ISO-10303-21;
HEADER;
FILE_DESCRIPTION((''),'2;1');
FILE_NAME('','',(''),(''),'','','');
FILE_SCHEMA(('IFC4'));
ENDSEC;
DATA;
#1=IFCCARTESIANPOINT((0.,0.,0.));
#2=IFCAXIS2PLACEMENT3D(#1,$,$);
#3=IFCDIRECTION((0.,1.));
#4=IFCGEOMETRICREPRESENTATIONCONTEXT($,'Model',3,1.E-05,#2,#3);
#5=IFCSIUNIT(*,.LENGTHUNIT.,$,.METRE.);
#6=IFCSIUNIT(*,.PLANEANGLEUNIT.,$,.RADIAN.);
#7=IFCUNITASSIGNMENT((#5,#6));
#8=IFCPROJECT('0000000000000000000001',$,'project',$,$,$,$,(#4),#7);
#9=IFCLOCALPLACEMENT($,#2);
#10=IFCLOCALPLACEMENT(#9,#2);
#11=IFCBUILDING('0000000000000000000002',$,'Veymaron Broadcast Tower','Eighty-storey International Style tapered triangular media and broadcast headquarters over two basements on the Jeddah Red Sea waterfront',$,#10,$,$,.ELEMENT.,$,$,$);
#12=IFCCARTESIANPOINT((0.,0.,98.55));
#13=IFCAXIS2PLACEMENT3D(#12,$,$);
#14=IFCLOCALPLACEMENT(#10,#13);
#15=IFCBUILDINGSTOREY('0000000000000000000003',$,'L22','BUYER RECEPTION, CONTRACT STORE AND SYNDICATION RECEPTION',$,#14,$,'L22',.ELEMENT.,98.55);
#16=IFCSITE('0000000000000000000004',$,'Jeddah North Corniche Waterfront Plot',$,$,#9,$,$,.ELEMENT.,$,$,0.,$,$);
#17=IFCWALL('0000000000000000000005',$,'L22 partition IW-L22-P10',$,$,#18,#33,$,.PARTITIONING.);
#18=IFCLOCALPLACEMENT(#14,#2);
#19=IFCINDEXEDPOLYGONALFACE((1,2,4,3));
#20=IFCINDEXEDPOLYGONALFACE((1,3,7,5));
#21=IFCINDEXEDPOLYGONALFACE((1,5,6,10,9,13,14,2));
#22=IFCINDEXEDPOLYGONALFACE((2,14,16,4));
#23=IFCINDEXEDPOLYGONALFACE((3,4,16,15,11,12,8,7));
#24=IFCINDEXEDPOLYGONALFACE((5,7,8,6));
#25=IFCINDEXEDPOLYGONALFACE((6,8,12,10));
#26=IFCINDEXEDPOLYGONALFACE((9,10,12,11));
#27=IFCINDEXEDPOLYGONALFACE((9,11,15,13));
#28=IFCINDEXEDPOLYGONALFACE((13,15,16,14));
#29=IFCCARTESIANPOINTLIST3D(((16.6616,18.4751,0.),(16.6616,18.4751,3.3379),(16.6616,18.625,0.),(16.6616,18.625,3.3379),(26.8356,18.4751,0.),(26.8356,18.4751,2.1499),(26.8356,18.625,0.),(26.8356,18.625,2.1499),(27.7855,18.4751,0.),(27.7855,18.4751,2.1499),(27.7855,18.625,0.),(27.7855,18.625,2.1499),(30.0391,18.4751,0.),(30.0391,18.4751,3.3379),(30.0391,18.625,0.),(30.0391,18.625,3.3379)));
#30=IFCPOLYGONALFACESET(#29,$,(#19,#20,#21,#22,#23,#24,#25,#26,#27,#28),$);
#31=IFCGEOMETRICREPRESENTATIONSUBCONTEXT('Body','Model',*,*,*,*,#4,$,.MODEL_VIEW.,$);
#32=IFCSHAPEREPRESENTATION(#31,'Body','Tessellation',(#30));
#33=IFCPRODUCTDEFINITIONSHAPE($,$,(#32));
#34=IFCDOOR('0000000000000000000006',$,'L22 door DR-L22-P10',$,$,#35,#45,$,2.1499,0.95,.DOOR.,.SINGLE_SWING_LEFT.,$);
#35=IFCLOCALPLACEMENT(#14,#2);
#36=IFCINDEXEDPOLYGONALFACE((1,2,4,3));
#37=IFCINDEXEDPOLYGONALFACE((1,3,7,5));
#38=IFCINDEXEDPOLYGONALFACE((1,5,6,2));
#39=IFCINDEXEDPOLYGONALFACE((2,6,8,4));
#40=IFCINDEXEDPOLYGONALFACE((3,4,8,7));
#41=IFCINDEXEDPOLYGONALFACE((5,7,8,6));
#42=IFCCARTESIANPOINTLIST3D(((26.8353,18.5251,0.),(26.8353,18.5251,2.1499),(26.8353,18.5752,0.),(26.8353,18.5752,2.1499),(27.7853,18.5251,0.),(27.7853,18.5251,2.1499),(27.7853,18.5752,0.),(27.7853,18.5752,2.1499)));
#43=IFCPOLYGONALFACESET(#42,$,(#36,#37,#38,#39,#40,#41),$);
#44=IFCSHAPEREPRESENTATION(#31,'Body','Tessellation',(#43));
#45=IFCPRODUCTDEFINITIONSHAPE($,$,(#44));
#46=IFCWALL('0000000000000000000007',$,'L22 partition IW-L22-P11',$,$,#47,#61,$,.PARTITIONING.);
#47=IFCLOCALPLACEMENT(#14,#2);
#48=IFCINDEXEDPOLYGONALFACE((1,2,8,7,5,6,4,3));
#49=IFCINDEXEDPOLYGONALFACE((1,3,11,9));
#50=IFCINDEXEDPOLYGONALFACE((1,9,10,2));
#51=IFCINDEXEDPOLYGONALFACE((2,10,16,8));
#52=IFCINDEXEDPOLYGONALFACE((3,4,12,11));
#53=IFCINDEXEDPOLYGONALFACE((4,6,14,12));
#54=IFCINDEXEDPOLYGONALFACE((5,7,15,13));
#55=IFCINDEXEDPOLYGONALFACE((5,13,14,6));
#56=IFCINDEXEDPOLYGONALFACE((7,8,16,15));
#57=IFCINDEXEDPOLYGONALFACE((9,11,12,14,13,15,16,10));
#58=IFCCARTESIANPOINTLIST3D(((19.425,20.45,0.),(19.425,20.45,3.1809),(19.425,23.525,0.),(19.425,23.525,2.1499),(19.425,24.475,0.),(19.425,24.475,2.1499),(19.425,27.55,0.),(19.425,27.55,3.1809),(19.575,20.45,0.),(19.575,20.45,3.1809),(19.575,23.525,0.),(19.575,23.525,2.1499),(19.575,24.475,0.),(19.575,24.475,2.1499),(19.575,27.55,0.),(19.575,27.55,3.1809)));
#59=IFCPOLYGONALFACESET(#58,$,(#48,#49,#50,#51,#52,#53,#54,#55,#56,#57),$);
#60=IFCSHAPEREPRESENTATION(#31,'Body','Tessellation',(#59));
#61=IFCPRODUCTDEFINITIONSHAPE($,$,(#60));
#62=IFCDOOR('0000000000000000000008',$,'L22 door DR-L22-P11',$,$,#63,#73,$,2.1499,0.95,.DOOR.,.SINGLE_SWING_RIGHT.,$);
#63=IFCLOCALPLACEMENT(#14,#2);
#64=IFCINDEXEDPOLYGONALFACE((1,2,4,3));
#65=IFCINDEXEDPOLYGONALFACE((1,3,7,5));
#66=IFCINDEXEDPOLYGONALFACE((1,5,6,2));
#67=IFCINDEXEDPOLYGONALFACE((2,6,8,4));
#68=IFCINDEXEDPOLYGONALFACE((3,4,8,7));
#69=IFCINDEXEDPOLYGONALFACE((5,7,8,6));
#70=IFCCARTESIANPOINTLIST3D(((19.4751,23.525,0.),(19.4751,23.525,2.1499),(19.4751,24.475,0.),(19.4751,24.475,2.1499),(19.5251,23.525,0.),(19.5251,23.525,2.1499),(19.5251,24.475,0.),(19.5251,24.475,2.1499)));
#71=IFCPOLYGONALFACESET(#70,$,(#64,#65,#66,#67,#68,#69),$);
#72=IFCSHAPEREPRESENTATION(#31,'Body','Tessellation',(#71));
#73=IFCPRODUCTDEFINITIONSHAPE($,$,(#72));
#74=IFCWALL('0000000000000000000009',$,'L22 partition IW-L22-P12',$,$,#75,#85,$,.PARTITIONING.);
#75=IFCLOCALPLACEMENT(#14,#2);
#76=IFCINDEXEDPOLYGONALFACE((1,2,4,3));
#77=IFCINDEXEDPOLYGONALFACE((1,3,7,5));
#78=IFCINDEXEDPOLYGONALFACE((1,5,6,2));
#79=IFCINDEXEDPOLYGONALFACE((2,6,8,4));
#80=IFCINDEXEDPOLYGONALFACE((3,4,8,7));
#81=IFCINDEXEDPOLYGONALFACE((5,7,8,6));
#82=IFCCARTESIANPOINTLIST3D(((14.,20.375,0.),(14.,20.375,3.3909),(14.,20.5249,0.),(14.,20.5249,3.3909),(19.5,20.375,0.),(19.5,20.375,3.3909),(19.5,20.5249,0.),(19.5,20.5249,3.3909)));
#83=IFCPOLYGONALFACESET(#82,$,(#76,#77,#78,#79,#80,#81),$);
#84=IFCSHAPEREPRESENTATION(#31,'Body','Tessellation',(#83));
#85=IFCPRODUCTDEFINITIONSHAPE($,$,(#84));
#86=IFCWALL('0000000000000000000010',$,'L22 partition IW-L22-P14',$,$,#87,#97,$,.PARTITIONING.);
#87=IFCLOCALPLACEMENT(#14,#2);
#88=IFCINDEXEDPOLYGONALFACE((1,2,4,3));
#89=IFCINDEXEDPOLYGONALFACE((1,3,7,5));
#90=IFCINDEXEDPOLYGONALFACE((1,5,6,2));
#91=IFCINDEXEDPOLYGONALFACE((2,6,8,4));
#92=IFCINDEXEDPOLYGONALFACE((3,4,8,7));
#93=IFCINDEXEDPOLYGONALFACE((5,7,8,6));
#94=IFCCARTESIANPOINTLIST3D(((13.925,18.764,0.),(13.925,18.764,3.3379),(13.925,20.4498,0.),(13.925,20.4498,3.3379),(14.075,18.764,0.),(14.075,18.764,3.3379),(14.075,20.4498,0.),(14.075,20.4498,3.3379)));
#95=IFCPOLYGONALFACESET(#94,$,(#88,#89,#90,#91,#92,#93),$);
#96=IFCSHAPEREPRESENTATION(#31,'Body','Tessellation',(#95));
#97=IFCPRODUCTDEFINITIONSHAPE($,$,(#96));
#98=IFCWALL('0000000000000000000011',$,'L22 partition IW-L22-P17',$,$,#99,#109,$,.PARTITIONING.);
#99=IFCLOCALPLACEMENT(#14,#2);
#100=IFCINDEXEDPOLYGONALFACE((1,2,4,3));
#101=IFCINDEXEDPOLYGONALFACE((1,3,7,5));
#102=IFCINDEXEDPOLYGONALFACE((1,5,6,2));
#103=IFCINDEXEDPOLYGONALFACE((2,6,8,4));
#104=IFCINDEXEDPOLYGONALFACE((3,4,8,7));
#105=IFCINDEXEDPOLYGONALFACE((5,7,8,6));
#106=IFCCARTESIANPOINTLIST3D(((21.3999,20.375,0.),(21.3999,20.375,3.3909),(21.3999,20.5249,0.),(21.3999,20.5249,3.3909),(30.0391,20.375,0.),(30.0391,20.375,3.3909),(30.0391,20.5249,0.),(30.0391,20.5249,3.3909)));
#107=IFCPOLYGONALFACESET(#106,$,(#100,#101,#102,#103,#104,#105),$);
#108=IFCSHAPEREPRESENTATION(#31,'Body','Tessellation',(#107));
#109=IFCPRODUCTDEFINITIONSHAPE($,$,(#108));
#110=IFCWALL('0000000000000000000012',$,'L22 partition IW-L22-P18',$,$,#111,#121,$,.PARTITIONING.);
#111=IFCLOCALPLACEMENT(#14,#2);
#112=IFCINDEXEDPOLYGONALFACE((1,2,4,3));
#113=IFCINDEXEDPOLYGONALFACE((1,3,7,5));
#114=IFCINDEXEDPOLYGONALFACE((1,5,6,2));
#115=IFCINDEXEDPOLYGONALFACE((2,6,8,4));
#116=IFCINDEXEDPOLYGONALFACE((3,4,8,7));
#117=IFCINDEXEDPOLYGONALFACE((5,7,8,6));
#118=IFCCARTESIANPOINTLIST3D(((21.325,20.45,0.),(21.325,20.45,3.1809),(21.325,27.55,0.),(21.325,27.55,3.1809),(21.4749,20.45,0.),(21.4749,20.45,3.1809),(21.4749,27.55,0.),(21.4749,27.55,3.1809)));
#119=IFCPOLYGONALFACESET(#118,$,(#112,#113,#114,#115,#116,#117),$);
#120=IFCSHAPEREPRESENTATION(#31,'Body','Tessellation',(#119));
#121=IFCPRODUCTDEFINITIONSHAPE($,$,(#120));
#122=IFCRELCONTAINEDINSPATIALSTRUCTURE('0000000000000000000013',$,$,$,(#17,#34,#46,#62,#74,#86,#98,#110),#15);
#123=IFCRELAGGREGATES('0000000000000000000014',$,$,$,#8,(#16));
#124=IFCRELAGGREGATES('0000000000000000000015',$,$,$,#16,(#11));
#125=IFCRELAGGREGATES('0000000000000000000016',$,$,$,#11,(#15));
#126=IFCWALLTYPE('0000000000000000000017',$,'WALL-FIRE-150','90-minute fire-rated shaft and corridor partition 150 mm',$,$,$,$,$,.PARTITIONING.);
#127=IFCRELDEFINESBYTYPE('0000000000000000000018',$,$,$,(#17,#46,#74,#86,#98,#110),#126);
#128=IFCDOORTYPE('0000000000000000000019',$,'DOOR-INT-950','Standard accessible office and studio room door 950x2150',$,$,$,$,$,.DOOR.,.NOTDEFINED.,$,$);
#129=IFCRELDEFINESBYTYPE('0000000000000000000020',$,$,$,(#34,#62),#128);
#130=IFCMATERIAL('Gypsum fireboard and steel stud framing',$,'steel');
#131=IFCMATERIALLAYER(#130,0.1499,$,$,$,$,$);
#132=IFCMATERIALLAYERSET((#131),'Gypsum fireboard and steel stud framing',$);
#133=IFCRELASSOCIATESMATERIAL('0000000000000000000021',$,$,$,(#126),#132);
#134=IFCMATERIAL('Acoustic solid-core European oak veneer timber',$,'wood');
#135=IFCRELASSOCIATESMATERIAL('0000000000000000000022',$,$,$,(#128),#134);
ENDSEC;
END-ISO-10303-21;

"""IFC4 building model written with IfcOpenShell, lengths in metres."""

from ifc_helpers import new_model, si_unit, direction, frame, frame_2d, origin, place, context, subcontext, project, spatial, rectangle, extrude, material, layer, layer_set, type_object, element, fill, save


model = new_model("IFC4")

# Units and contexts
model_context = context("Model", 3, precision=1e-05, world=origin(), true_north=direction((0.0, 1.0)))
body_context = subcontext(model_context, "Body", "Model", "MODEL_VIEW")
ifc_project = project(units=[si_unit("LENGTHUNIT", "METRE"), si_unit("PLANEANGLEUNIT", "RADIAN")], contexts=[model_context])

# Site, building, storey
site_placement = place(None, origin())
site = spatial("IfcSite", under=ifc_project, at=site_placement, Name="Jeddah North Corniche Waterfront Plot", CompositionType="ELEMENT", RefElevation=0.0)
building_placement = place(site_placement, origin())
building = spatial("IfcBuilding", under=site, at=building_placement, Name="Veymaron Broadcast Tower", Description="Eighty-storey International Style tapered triangular media and broadcast headquarters over two basements on the Jeddah Red Sea waterfront", CompositionType="ELEMENT")
storey_placement = place(building_placement, frame((0.0, 0.0, 98.55)))
storey = spatial("IfcBuildingStorey", under=building, at=storey_placement, Name="L22", Description="BUYER RECEPTION, CONTRACT STORE AND SYNDICATION RECEPTION", LongName="L22", CompositionType="ELEMENT", Elevation=98.55)

# Walls, openings, doors
ifc_material_1 = material(Name="Gypsum fireboard and steel stud framing", Category="steel")
ifc_layer_1 = layer(ifc_material_1, 0.1499)
ifc_layer_set_1 = layer_set([ifc_layer_1], Name="Gypsum fireboard and steel stud framing")
wall_type_1 = type_object("IfcWallType", Name="WALL-FIRE-150", Description="90-minute fire-rated shaft and corridor partition 150 mm", PredefinedType="PARTITIONING", material=ifc_layer_set_1)
wall_1_placement = place(storey_placement, frame((16.6616, 18.55, 0.0), z_axis=(0.0, 0.0, 1.0), x_axis=(1.0, 0.0, 0.0)))
wall_1 = element("IfcWall", 1, at=wall_1_placement, inside=storey, type_object=wall_type_1, Name="L22 partition IW-L22-P10", PredefinedType="PARTITIONING", context=body_context, shape_type="SweptSolid", body=[
    extrude(rectangle(XDim=13.3774, YDim=0.1499, at=frame_2d((6.6887, 0.0))), origin(), (0.0, 0.0, 1.0), 3.3379),
])
opening_1_placement = place(wall_1_placement, frame((10.1738, 0.0, 0.0)))
opening_1 = element("IfcOpeningElement", 2, at=opening_1_placement, cuts=wall_1, PredefinedType="OPENING", context=body_context, shape_type="SweptSolid", body=[
    extrude(rectangle(XDim=0.95, YDim=2.1499, at=frame_2d((0.4751, 1.075))), frame((0.0, 0.085, 0.0), z_axis=(0.0, -1.0, 0.0), x_axis=(1.0, 0.0, 0.0)), (0.0, 0.0, 1.0), 0.1699),
])
ifc_material_2 = material(Name="Acoustic solid-core European oak veneer timber", Category="wood")
door_type = type_object("IfcDoorType", Name="DOOR-INT-950", Description="Standard accessible office and studio room door 950x2150", OperationType="NOTDEFINED", PredefinedType="DOOR", material=ifc_material_2)
door_1_placement = place(opening_1_placement, frame((0.95, 0.0, 0.0), z_axis=(0.0, 0.0, 1.0), x_axis=(-1.0, 0.0, 0.0)))
door_1 = element("IfcDoor", 3, at=door_1_placement, inside=storey, type_object=door_type, Name="L22 door DR-L22-P10", OperationType="SINGLE_SWING_LEFT", OverallHeight=2.1499, OverallWidth=0.95, PredefinedType="DOOR", context=body_context, shape_type="SweptSolid", body=[
    extrude(rectangle(XDim=0.95, YDim=2.1499, at=frame_2d((0.4751, 1.075))), frame((0.0, 0.0249, 0.0), z_axis=(0.0, -1.0, 0.0), x_axis=(1.0, 0.0, 0.0)), (0.0, 0.0, 1.0), 0.05),
])
fill(opening_1, door_1)
wall_2_placement = place(storey_placement, frame((19.5, 20.45, 0.0), z_axis=(0.0, 0.0, 1.0), x_axis=(0.0, 1.0, 0.0)))
wall_2 = element("IfcWall", 4, at=wall_2_placement, inside=storey, type_object=wall_type_1, Name="L22 partition IW-L22-P11", PredefinedType="PARTITIONING", context=body_context, shape_type="SweptSolid", body=[
    extrude(rectangle(XDim=7.1001, YDim=0.1499, at=frame_2d((3.55, 0.0))), origin(), (0.0, 0.0, 1.0), 3.1809),
])
opening_2_placement = place(wall_2_placement, frame((3.075, 0.0, 0.0)))
opening_2 = element("IfcOpeningElement", 5, at=opening_2_placement, cuts=wall_2, PredefinedType="OPENING", context=body_context, shape_type="SweptSolid", body=[
    extrude(rectangle(XDim=0.95, YDim=2.1499, at=frame_2d((0.4751, 1.075))), frame((0.0, 0.085, 0.0), z_axis=(0.0, -1.0, 0.0), x_axis=(1.0, 0.0, 0.0)), (0.0, 0.0, 1.0), 0.1699),
])
door_2_placement = place(opening_2_placement, origin())
door_2 = element("IfcDoor", 6, at=door_2_placement, inside=storey, type_object=door_type, Name="L22 door DR-L22-P11", OperationType="SINGLE_SWING_RIGHT", OverallHeight=2.1499, OverallWidth=0.95, PredefinedType="DOOR", context=body_context, shape_type="SweptSolid", body=[
    extrude(rectangle(XDim=0.95, YDim=2.1499, at=frame_2d((0.4751, 1.075))), frame((0.0, 0.0249, 0.0), z_axis=(0.0, -1.0, 0.0), x_axis=(1.0, 0.0, 0.0)), (0.0, 0.0, 1.0), 0.05),
])
fill(opening_2, door_2)

# Walls
wall_3_placement = place(storey_placement, frame((14.0, 20.45, 0.0), z_axis=(0.0, 0.0, 1.0), x_axis=(1.0, 0.0, 0.0)))
element("IfcWall", 7, at=wall_3_placement, inside=storey, type_object=wall_type_1, Name="L22 partition IW-L22-P12", PredefinedType="PARTITIONING", context=body_context, shape_type="SweptSolid", body=[
    extrude(rectangle(XDim=5.5, YDim=0.1499, at=frame_2d((2.75, 0.0))), origin(), (0.0, 0.0, 1.0), 3.3909),
])
wall_4_placement = place(storey_placement, frame((14.0, 18.7642, 0.0), z_axis=(0.0, 0.0, 1.0), x_axis=(0.0, 1.0, 0.0)))
element("IfcWall", 8, at=wall_4_placement, inside=storey, type_object=wall_type_1, Name="L22 partition IW-L22-P14", PredefinedType="PARTITIONING", context=body_context, shape_type="SweptSolid", body=[
    extrude(rectangle(XDim=1.6858, YDim=0.1499, at=frame_2d((0.8428, 0.0))), origin(), (0.0, 0.0, 1.0), 3.3379),
])
wall_5_placement = place(storey_placement, frame((21.3999, 20.45, 0.0), z_axis=(0.0, 0.0, 1.0), x_axis=(1.0, 0.0, 0.0)))
element("IfcWall", 9, at=wall_5_placement, inside=storey, type_object=wall_type_1, Name="L22 partition IW-L22-P17", PredefinedType="PARTITIONING", context=body_context, shape_type="SweptSolid", body=[
    extrude(rectangle(XDim=8.6392, YDim=0.1499, at=frame_2d((4.3196, 0.0))), origin(), (0.0, 0.0, 1.0), 3.3909),
])
wall_6_placement = place(storey_placement, frame((21.3999, 20.45, 0.0), z_axis=(0.0, 0.0, 1.0), x_axis=(0.0, 1.0, 0.0)))
element("IfcWall", 10, at=wall_6_placement, inside=storey, type_object=wall_type_1, Name="L22 partition IW-L22-P18", PredefinedType="PARTITIONING", context=body_context, shape_type="SweptSolid", body=[
    extrude(rectangle(XDim=7.1001, YDim=0.1499, at=frame_2d((3.55, 0.0))), origin(), (0.0, 0.0, 1.0), 3.1809),
])

save(model, "model.ifc")
